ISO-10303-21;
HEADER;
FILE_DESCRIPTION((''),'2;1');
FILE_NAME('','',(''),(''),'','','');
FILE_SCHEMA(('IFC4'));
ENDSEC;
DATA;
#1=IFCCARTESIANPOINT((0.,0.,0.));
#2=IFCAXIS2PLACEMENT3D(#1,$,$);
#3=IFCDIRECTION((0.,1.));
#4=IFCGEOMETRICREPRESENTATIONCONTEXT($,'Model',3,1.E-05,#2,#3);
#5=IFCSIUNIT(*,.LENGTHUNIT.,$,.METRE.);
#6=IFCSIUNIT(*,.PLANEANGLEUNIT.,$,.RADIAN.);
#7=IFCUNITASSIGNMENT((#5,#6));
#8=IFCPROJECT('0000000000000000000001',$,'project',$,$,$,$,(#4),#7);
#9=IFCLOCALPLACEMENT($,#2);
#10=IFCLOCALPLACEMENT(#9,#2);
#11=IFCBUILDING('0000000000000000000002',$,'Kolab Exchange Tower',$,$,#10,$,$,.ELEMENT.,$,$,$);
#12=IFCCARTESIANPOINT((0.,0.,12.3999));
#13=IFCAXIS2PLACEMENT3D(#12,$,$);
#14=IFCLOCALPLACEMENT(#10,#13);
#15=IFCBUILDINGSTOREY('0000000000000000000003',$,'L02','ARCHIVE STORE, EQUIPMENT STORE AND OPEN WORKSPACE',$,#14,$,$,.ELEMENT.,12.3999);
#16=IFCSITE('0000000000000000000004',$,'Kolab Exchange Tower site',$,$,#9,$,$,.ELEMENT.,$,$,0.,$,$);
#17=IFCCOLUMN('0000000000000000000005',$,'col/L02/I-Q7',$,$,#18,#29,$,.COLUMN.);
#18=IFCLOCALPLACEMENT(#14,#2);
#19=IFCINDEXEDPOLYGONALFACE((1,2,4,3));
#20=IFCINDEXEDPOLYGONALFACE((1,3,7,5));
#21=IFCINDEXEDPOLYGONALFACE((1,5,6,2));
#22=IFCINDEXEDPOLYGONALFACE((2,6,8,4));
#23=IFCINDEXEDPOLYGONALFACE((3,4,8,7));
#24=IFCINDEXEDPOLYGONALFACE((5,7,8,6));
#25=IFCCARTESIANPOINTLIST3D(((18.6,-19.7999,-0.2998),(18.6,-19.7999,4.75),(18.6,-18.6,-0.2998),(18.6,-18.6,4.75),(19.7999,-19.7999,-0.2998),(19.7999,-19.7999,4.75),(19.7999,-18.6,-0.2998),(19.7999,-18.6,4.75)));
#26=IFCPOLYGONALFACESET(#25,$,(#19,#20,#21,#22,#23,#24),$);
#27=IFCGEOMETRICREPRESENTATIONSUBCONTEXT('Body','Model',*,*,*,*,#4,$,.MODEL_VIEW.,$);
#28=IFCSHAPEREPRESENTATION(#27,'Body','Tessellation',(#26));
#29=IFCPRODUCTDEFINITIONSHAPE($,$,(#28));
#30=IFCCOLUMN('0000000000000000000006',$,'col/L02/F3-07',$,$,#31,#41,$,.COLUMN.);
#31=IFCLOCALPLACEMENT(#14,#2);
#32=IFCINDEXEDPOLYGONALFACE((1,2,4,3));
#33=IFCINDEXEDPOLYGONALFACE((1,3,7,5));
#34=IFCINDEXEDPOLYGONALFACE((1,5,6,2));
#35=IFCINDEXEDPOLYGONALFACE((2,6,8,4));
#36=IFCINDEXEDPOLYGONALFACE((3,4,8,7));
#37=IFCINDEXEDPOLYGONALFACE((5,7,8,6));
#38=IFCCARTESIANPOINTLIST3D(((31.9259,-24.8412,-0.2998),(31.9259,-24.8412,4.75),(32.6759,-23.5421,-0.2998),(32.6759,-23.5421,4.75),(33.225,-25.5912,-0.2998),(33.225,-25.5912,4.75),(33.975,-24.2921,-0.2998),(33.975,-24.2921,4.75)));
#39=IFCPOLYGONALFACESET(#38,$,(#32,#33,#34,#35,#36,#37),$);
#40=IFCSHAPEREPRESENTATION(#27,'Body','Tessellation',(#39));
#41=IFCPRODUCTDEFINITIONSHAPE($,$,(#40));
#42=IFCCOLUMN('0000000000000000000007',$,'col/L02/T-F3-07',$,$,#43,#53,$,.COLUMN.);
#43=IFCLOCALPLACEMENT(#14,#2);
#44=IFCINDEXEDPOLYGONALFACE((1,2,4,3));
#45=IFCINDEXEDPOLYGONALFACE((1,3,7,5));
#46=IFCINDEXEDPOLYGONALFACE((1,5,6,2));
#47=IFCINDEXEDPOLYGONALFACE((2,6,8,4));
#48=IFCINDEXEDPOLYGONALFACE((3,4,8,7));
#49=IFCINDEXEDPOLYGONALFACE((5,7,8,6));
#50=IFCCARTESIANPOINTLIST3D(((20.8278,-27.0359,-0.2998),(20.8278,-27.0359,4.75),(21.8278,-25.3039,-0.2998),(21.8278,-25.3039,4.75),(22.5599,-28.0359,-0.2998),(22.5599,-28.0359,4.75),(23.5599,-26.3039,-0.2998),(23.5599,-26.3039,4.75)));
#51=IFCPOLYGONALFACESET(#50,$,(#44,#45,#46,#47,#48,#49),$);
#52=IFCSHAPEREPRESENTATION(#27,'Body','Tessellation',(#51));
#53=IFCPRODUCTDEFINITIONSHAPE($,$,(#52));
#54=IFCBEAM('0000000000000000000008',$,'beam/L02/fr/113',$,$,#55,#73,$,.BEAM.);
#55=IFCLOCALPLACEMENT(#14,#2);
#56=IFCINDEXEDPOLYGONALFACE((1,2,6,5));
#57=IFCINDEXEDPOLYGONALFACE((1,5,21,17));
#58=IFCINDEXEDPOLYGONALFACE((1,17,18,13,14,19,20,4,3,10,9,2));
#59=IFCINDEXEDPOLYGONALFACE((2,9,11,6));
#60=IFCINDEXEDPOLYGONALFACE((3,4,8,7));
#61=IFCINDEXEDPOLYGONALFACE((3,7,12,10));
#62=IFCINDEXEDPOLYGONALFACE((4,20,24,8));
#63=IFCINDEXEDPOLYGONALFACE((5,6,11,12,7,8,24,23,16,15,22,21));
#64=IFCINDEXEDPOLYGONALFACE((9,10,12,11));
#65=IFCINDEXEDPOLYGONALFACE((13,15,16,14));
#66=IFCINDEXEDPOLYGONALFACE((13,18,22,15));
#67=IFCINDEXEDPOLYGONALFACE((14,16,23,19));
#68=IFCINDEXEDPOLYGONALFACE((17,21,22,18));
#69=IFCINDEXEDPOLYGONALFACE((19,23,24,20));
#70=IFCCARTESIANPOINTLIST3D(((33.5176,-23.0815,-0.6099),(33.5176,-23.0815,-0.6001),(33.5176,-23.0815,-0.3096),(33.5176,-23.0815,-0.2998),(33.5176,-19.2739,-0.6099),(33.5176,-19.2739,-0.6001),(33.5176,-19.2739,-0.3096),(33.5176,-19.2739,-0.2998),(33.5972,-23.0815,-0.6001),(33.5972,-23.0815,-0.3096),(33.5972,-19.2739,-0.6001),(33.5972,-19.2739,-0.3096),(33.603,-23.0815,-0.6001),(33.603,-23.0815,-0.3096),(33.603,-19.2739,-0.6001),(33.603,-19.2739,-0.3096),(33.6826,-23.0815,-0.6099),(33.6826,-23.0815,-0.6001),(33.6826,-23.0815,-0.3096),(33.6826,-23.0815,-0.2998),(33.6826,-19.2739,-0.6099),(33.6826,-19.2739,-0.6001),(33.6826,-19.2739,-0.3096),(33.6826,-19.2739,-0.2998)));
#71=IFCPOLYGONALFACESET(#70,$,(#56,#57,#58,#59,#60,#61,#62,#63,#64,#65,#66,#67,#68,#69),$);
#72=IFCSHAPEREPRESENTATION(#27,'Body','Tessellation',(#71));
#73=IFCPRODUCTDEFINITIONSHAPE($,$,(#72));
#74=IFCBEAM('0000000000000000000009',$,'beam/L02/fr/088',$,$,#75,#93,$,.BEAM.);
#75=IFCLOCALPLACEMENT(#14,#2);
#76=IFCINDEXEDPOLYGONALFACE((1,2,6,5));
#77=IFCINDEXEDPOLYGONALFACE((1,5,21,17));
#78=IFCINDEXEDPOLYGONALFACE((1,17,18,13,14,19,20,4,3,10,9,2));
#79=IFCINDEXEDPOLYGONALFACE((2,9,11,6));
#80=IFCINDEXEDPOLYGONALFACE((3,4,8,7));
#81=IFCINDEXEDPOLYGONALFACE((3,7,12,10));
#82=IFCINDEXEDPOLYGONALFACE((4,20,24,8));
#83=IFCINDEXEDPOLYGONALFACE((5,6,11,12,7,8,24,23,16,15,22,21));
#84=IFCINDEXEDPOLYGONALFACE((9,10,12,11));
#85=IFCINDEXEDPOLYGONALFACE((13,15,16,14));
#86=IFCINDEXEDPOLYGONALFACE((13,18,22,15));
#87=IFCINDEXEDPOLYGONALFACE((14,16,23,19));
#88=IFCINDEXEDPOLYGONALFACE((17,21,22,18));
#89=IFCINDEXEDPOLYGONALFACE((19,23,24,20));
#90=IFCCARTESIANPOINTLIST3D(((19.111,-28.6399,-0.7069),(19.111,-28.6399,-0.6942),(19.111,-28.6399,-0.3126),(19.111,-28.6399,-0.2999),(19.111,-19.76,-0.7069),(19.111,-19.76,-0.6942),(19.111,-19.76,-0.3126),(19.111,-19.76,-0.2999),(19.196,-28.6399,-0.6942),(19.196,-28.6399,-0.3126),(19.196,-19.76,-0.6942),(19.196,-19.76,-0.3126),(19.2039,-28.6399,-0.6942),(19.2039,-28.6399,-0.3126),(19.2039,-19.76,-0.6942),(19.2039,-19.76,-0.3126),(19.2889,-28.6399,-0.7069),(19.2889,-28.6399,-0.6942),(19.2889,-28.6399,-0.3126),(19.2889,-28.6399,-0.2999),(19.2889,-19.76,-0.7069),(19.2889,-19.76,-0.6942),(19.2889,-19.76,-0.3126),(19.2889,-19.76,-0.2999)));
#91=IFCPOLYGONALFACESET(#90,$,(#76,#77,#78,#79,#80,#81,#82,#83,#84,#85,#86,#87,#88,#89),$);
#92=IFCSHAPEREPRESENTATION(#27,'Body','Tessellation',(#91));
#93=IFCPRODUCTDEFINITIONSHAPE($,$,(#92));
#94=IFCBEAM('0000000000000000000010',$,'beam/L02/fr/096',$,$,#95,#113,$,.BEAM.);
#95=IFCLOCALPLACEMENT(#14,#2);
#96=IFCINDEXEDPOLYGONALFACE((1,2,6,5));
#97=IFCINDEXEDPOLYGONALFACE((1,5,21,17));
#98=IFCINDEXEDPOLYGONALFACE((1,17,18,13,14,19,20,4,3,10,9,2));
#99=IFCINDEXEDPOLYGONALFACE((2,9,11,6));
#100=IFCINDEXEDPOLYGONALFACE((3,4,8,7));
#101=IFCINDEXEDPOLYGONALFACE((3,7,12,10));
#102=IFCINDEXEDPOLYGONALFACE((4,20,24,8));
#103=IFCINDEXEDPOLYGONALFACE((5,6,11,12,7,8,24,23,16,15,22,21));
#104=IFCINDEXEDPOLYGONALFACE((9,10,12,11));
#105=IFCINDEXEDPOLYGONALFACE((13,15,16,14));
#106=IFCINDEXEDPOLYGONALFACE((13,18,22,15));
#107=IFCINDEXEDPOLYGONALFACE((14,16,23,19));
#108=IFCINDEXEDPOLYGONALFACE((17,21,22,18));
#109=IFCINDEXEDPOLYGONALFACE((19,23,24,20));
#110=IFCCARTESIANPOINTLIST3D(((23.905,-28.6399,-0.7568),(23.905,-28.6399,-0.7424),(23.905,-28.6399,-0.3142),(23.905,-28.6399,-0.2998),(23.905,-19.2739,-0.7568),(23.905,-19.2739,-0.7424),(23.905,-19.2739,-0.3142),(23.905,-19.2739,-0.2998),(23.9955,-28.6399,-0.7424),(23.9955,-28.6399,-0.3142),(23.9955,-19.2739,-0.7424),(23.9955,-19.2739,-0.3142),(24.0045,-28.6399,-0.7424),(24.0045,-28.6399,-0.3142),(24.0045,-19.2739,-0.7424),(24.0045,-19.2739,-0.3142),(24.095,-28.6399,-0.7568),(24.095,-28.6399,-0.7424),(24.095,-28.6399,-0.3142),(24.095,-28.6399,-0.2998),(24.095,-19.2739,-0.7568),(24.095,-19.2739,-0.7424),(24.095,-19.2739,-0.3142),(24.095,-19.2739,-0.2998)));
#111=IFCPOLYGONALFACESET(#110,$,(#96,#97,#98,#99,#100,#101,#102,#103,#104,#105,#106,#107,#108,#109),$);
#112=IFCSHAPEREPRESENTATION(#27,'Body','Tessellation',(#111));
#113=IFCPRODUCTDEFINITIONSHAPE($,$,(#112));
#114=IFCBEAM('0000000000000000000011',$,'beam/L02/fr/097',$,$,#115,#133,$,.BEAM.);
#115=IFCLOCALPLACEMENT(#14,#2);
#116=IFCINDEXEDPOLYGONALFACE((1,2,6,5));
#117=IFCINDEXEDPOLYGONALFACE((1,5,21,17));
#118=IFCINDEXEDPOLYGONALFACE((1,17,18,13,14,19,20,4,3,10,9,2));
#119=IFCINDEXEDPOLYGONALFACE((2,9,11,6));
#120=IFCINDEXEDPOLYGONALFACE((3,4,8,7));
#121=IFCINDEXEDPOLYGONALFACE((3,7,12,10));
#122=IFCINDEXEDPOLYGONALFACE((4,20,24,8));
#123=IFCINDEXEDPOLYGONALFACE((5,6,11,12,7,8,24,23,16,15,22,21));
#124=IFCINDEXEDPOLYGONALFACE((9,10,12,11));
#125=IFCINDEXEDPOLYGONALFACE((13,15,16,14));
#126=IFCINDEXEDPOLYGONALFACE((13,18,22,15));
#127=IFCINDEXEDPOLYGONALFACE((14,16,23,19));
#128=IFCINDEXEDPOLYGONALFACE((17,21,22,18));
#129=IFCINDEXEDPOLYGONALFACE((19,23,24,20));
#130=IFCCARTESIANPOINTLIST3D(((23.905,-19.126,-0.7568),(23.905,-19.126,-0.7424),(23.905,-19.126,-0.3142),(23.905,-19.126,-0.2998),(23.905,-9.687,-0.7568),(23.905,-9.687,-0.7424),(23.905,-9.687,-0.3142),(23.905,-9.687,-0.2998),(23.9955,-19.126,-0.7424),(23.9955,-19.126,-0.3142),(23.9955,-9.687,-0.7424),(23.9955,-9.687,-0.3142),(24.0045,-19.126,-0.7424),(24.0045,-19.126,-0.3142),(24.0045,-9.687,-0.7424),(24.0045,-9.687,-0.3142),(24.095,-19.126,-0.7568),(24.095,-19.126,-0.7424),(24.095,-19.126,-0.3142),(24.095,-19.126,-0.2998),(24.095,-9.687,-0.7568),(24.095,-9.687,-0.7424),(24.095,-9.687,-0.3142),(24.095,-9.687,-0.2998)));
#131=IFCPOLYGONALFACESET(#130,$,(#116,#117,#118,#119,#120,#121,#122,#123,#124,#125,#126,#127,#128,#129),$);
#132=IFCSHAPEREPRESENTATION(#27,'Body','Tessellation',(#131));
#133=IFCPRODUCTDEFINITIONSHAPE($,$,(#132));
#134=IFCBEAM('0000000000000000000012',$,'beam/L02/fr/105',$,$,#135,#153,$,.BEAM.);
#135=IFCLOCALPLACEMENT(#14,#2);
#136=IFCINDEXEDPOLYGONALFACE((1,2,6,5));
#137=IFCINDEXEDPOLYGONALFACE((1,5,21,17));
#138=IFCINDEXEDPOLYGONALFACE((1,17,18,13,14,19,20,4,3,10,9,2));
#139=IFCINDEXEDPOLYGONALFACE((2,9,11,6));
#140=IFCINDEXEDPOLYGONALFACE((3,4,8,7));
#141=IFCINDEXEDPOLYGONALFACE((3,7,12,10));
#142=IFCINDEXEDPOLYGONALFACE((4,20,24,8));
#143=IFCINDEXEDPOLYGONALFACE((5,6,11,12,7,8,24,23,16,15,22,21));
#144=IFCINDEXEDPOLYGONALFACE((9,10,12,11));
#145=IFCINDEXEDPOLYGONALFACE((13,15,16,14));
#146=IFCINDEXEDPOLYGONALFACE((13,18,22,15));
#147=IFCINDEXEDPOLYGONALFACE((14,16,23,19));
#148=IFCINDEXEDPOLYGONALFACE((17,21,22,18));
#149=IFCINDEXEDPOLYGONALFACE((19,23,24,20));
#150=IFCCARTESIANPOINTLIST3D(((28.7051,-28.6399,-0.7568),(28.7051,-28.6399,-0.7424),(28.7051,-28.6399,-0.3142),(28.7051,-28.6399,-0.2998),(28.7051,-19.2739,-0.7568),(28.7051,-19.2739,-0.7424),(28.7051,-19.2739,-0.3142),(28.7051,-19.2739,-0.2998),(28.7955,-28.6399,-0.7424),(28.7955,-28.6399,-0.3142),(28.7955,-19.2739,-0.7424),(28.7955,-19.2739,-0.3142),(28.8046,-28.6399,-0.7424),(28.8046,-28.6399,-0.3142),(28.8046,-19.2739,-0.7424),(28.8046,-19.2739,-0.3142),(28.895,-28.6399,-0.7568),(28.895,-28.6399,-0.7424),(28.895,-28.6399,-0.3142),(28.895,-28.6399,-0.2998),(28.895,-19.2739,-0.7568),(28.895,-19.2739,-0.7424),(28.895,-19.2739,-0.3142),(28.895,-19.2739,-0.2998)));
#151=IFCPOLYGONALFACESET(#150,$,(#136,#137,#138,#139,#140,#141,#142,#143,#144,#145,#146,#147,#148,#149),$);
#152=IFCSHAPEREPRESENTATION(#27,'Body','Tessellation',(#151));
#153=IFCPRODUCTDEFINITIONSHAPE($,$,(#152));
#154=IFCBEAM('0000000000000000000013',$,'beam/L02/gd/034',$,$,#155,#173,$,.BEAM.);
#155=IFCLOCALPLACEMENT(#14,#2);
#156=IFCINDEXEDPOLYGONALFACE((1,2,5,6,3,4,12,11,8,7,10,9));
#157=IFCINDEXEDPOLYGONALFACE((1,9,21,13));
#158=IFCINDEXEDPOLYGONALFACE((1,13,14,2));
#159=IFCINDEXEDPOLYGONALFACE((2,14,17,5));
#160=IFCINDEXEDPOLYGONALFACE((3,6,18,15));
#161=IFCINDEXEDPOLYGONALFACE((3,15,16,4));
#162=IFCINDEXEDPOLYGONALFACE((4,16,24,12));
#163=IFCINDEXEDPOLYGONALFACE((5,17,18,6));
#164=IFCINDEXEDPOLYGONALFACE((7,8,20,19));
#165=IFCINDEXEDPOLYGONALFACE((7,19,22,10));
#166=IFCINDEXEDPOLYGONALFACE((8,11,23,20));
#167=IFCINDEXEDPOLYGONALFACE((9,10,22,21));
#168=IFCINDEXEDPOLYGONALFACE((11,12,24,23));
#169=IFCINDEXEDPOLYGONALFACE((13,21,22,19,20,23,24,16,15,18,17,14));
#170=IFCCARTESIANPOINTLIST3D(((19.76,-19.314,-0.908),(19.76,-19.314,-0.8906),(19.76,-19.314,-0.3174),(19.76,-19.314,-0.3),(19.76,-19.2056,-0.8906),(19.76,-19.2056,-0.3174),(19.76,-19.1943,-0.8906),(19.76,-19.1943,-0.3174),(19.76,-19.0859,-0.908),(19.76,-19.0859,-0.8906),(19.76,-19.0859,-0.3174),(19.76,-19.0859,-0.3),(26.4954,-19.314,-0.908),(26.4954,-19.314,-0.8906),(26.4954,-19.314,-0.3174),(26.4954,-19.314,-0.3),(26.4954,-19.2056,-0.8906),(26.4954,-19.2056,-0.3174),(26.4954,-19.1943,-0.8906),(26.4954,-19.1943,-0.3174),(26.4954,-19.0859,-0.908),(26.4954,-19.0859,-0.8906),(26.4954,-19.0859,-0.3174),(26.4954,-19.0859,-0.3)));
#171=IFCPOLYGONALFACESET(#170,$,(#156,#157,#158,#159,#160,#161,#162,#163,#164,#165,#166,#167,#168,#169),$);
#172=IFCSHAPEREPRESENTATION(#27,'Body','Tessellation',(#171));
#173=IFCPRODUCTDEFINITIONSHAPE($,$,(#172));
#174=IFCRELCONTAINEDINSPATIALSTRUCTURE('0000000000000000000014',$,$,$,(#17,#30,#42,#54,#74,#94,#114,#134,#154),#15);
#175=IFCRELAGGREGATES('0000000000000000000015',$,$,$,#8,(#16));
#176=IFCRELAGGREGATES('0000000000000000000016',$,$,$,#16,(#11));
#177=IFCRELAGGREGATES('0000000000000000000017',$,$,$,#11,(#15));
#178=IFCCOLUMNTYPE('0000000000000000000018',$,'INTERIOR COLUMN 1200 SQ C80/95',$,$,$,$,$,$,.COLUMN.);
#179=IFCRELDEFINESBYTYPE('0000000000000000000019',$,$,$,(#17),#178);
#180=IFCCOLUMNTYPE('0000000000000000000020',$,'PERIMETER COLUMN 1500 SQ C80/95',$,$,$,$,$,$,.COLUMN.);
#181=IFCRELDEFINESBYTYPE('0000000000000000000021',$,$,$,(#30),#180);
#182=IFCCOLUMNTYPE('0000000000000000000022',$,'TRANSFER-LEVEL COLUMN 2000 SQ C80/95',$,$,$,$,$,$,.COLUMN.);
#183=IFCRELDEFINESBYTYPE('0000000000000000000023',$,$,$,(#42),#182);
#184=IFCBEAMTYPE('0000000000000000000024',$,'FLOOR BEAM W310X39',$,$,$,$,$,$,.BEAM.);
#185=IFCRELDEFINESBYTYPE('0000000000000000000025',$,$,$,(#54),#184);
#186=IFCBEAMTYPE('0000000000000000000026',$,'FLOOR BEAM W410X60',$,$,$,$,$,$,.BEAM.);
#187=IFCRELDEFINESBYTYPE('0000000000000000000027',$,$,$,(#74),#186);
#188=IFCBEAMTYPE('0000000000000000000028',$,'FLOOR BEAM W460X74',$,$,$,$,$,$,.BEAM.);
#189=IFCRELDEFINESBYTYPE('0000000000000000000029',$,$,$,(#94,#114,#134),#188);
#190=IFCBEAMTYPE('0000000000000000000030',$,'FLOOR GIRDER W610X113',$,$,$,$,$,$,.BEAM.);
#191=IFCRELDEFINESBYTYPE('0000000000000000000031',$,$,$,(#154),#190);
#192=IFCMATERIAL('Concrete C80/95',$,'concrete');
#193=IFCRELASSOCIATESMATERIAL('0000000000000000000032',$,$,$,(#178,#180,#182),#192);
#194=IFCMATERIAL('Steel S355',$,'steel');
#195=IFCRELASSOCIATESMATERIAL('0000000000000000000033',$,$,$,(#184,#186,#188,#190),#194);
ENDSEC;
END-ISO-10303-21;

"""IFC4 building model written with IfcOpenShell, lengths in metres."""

from ifc_helpers import new_model, si_unit, direction, frame, origin, origin_2d, place, context, subcontext, project, spatial, rectangle, i_section, extrude, material, material_profile, profile_set, type_object, element, save


model = new_model("IFC4")

# Units and contexts
model_context = context("Model", 3, precision=1e-05, world=origin(), true_north=direction((0.0, 1.0)))
body_context = subcontext(model_context, "Body", "Model", "MODEL_VIEW")
ifc_project = project(units=[si_unit("LENGTHUNIT", "METRE"), si_unit("PLANEANGLEUNIT", "RADIAN")], contexts=[model_context])

# Site, building, storey
site_placement = place(None, origin())
site = spatial("IfcSite", under=ifc_project, at=site_placement, Name="Kolab Exchange Tower site", CompositionType="ELEMENT", RefElevation=0.0)
building_placement = place(site_placement, origin())
building = spatial("IfcBuilding", under=site, at=building_placement, Name="Kolab Exchange Tower", CompositionType="ELEMENT")
storey_placement = place(building_placement, frame((0.0, 0.0, 12.3999)))
storey = spatial("IfcBuildingStorey", under=building, at=storey_placement, Name="L02", Description="ARCHIVE STORE, EQUIPMENT STORE AND OPEN WORKSPACE", CompositionType="ELEMENT", Elevation=12.3999)

# Columns
ifc_material_1 = material(Name="Concrete C80/95", Category="concrete")
ifc_material_profile_1 = material_profile(ifc_material_1, rectangle(XDim=1.2, YDim=1.2, at=origin_2d()), Name="RC1200")
ifc_profile_set_1 = profile_set([ifc_material_profile_1], Name="Concrete C80/95")
column_type_1 = type_object("IfcColumnType", Name="INTERIOR COLUMN 1200 SQ C80/95", PredefinedType="COLUMN", material=ifc_profile_set_1)
column_1_placement = place(storey_placement, frame((19.2, -19.2, -0.2998), z_axis=(0.0, 0.0, 1.0), x_axis=(1.0, 0.0, 0.0)))
element("IfcColumn", 1, at=column_1_placement, inside=storey, type_object=column_type_1, Name="col/L02/I-Q7", PredefinedType="COLUMN", context=body_context, shape_type="SweptSolid", body=[
    extrude(rectangle(XDim=1.2, YDim=1.2, at=origin_2d()), origin(), (0.0, 0.0, 1.0), 5.0498),
])
ifc_material_profile_2 = material_profile(ifc_material_1, rectangle(XDim=1.5, YDim=1.5, at=origin_2d()), Name="RC1500")
ifc_profile_set_2 = profile_set([ifc_material_profile_2], Name="Concrete C80/95")
column_type_2 = type_object("IfcColumnType", Name="PERIMETER COLUMN 1500 SQ C80/95", PredefinedType="COLUMN", material=ifc_profile_set_2)
column_2_placement = place(storey_placement, frame((32.9504, -24.5667, -0.2998), z_axis=(0.0, 0.0, 1.0), x_axis=(0.5, 0.866025, 0.0)))
element("IfcColumn", 2, at=column_2_placement, inside=storey, type_object=column_type_2, Name="col/L02/F3-07", PredefinedType="COLUMN", context=body_context, shape_type="SweptSolid", body=[
    extrude(rectangle(XDim=1.5, YDim=1.5, at=origin_2d()), origin(), (0.0, 0.0, 1.0), 5.0498),
])
ifc_material_profile_3 = material_profile(ifc_material_1, rectangle(XDim=2.0, YDim=2.0, at=origin_2d()), Name="RC2000")
ifc_profile_set_3 = profile_set([ifc_material_profile_3], Name="Concrete C80/95")
column_type_3 = type_object("IfcColumnType", Name="TRANSFER-LEVEL COLUMN 2000 SQ C80/95", PredefinedType="COLUMN", material=ifc_profile_set_3)
column_3_placement = place(storey_placement, frame((22.1938, -26.6699, -0.2998), z_axis=(0.0, 0.0, 1.0), x_axis=(0.5, 0.866025, 0.0)))
element("IfcColumn", 3, at=column_3_placement, inside=storey, type_object=column_type_3, Name="col/L02/T-F3-07", PredefinedType="COLUMN", context=body_context, shape_type="SweptSolid", body=[
    extrude(rectangle(XDim=2.0, YDim=2.0, at=origin_2d()), origin(), (0.0, 0.0, 1.0), 5.0498),
])

# Beams
ifc_material_2 = material(Name="Steel S355", Category="steel")
ifc_material_profile_4 = material_profile(ifc_material_2, i_section(OverallWidth=0.165, OverallDepth=0.3101, WebThickness=0.0059, FlangeThickness=0.0098, at=origin_2d()), Name="W310X39")
ifc_profile_set_4 = profile_set([ifc_material_profile_4], Name="Steel S355")
beam_type_1 = type_object("IfcBeamType", Name="FLOOR BEAM W310X39", PredefinedType="BEAM", material=ifc_profile_set_4)
beam_1_placement = place(storey_placement, frame((33.6001, -23.0815, -0.4548), z_axis=(0.0, 1.0, 0.0), x_axis=(-1.0, 0.0, 0.0)))
element("IfcBeam", 4, at=beam_1_placement, inside=storey, type_object=beam_type_1, Name="beam/L02/fr/113", PredefinedType="BEAM", context=body_context, shape_type="SweptSolid", body=[
    extrude(i_section(OverallWidth=0.165, OverallDepth=0.3101, WebThickness=0.0059, FlangeThickness=0.0098, at=origin_2d()), origin(), (0.0, 0.0, 1.0), 3.8076),
])
ifc_material_profile_5 = material_profile(ifc_material_2, i_section(OverallWidth=0.178, OverallDepth=0.407, WebThickness=0.0078, FlangeThickness=0.0127, at=origin_2d()), Name="W410X60")
ifc_profile_set_5 = profile_set([ifc_material_profile_5], Name="Steel S355")
beam_type_2 = type_object("IfcBeamType", Name="FLOOR BEAM W410X60", PredefinedType="BEAM", material=ifc_profile_set_5)
beam_2_placement = place(storey_placement, frame((19.2, -28.6399, -0.5034), z_axis=(0.0, 1.0, 0.0), x_axis=(-1.0, 0.0, 0.0)))
element("IfcBeam", 5, at=beam_2_placement, inside=storey, type_object=beam_type_2, Name="beam/L02/fr/088", PredefinedType="BEAM", context=body_context, shape_type="SweptSolid", body=[
    extrude(i_section(OverallWidth=0.178, OverallDepth=0.407, WebThickness=0.0078, FlangeThickness=0.0127, at=origin_2d()), origin(), (0.0, 0.0, 1.0), 8.8799),
])
ifc_material_profile_6 = material_profile(ifc_material_2, i_section(OverallWidth=0.1899, OverallDepth=0.457, WebThickness=0.009, FlangeThickness=0.0144, at=origin_2d()), Name="W460X74")
ifc_profile_set_6 = profile_set([ifc_material_profile_6], Name="Steel S355")
beam_type_3 = type_object("IfcBeamType", Name="FLOOR BEAM W460X74", PredefinedType="BEAM", material=ifc_profile_set_6)
beam_3_placement = place(storey_placement, frame((24.0, -28.6399, -0.5283), z_axis=(0.0, 1.0, 0.0), x_axis=(-1.0, 0.0, 0.0)))
element("IfcBeam", 6, at=beam_3_placement, inside=storey, type_object=beam_type_3, Name="beam/L02/fr/096", PredefinedType="BEAM", context=body_context, shape_type="SweptSolid", body=[
    extrude(i_section(OverallWidth=0.1899, OverallDepth=0.457, WebThickness=0.009, FlangeThickness=0.0144, at=origin_2d()), origin(), (0.0, 0.0, 1.0), 9.366),
])
beam_4_placement = place(storey_placement, frame((24.0, -19.126, -0.5283), z_axis=(0.0, 1.0, 0.0), x_axis=(-1.0, 0.0, 0.0)))
element("IfcBeam", 7, at=beam_4_placement, inside=storey, type_object=beam_type_3, Name="beam/L02/fr/097", PredefinedType="BEAM", context=body_context, shape_type="SweptSolid", body=[
    extrude(i_section(OverallWidth=0.1899, OverallDepth=0.457, WebThickness=0.009, FlangeThickness=0.0144, at=origin_2d()), origin(), (0.0, 0.0, 1.0), 9.439),
])
beam_5_placement = place(storey_placement, frame((28.8, -28.6399, -0.5283), z_axis=(0.0, 1.0, 0.0), x_axis=(-1.0, 0.0, 0.0)))
element("IfcBeam", 8, at=beam_5_placement, inside=storey, type_object=beam_type_3, Name="beam/L02/fr/105", PredefinedType="BEAM", context=body_context, shape_type="SweptSolid", body=[
    extrude(i_section(OverallWidth=0.1899, OverallDepth=0.457, WebThickness=0.009, FlangeThickness=0.0144, at=origin_2d()), origin(), (0.0, 0.0, 1.0), 9.366),
])
ifc_material_profile_7 = material_profile(ifc_material_2, i_section(OverallWidth=0.228, OverallDepth=0.6079, WebThickness=0.0112, FlangeThickness=0.0173, at=origin_2d()), Name="W610X113")
ifc_profile_set_7 = profile_set([ifc_material_profile_7], Name="Steel S355")
beam_type_4 = type_object("IfcBeamType", Name="FLOOR GIRDER W610X113", PredefinedType="BEAM", material=ifc_profile_set_7)
beam_6_placement = place(storey_placement, frame((19.76, -19.2, -0.604), z_axis=(1.0, 0.0, 0.0), x_axis=(0.0, 1.0, 0.0)))
element("IfcBeam", 9, at=beam_6_placement, inside=storey, type_object=beam_type_4, Name="beam/L02/gd/034", PredefinedType="BEAM", context=body_context, shape_type="SweptSolid", body=[
    extrude(i_section(OverallWidth=0.228, OverallDepth=0.6079, WebThickness=0.0112, FlangeThickness=0.0173, at=origin_2d()), origin(), (0.0, 0.0, 1.0), 6.7354),
])

save(model, "model.ifc")
